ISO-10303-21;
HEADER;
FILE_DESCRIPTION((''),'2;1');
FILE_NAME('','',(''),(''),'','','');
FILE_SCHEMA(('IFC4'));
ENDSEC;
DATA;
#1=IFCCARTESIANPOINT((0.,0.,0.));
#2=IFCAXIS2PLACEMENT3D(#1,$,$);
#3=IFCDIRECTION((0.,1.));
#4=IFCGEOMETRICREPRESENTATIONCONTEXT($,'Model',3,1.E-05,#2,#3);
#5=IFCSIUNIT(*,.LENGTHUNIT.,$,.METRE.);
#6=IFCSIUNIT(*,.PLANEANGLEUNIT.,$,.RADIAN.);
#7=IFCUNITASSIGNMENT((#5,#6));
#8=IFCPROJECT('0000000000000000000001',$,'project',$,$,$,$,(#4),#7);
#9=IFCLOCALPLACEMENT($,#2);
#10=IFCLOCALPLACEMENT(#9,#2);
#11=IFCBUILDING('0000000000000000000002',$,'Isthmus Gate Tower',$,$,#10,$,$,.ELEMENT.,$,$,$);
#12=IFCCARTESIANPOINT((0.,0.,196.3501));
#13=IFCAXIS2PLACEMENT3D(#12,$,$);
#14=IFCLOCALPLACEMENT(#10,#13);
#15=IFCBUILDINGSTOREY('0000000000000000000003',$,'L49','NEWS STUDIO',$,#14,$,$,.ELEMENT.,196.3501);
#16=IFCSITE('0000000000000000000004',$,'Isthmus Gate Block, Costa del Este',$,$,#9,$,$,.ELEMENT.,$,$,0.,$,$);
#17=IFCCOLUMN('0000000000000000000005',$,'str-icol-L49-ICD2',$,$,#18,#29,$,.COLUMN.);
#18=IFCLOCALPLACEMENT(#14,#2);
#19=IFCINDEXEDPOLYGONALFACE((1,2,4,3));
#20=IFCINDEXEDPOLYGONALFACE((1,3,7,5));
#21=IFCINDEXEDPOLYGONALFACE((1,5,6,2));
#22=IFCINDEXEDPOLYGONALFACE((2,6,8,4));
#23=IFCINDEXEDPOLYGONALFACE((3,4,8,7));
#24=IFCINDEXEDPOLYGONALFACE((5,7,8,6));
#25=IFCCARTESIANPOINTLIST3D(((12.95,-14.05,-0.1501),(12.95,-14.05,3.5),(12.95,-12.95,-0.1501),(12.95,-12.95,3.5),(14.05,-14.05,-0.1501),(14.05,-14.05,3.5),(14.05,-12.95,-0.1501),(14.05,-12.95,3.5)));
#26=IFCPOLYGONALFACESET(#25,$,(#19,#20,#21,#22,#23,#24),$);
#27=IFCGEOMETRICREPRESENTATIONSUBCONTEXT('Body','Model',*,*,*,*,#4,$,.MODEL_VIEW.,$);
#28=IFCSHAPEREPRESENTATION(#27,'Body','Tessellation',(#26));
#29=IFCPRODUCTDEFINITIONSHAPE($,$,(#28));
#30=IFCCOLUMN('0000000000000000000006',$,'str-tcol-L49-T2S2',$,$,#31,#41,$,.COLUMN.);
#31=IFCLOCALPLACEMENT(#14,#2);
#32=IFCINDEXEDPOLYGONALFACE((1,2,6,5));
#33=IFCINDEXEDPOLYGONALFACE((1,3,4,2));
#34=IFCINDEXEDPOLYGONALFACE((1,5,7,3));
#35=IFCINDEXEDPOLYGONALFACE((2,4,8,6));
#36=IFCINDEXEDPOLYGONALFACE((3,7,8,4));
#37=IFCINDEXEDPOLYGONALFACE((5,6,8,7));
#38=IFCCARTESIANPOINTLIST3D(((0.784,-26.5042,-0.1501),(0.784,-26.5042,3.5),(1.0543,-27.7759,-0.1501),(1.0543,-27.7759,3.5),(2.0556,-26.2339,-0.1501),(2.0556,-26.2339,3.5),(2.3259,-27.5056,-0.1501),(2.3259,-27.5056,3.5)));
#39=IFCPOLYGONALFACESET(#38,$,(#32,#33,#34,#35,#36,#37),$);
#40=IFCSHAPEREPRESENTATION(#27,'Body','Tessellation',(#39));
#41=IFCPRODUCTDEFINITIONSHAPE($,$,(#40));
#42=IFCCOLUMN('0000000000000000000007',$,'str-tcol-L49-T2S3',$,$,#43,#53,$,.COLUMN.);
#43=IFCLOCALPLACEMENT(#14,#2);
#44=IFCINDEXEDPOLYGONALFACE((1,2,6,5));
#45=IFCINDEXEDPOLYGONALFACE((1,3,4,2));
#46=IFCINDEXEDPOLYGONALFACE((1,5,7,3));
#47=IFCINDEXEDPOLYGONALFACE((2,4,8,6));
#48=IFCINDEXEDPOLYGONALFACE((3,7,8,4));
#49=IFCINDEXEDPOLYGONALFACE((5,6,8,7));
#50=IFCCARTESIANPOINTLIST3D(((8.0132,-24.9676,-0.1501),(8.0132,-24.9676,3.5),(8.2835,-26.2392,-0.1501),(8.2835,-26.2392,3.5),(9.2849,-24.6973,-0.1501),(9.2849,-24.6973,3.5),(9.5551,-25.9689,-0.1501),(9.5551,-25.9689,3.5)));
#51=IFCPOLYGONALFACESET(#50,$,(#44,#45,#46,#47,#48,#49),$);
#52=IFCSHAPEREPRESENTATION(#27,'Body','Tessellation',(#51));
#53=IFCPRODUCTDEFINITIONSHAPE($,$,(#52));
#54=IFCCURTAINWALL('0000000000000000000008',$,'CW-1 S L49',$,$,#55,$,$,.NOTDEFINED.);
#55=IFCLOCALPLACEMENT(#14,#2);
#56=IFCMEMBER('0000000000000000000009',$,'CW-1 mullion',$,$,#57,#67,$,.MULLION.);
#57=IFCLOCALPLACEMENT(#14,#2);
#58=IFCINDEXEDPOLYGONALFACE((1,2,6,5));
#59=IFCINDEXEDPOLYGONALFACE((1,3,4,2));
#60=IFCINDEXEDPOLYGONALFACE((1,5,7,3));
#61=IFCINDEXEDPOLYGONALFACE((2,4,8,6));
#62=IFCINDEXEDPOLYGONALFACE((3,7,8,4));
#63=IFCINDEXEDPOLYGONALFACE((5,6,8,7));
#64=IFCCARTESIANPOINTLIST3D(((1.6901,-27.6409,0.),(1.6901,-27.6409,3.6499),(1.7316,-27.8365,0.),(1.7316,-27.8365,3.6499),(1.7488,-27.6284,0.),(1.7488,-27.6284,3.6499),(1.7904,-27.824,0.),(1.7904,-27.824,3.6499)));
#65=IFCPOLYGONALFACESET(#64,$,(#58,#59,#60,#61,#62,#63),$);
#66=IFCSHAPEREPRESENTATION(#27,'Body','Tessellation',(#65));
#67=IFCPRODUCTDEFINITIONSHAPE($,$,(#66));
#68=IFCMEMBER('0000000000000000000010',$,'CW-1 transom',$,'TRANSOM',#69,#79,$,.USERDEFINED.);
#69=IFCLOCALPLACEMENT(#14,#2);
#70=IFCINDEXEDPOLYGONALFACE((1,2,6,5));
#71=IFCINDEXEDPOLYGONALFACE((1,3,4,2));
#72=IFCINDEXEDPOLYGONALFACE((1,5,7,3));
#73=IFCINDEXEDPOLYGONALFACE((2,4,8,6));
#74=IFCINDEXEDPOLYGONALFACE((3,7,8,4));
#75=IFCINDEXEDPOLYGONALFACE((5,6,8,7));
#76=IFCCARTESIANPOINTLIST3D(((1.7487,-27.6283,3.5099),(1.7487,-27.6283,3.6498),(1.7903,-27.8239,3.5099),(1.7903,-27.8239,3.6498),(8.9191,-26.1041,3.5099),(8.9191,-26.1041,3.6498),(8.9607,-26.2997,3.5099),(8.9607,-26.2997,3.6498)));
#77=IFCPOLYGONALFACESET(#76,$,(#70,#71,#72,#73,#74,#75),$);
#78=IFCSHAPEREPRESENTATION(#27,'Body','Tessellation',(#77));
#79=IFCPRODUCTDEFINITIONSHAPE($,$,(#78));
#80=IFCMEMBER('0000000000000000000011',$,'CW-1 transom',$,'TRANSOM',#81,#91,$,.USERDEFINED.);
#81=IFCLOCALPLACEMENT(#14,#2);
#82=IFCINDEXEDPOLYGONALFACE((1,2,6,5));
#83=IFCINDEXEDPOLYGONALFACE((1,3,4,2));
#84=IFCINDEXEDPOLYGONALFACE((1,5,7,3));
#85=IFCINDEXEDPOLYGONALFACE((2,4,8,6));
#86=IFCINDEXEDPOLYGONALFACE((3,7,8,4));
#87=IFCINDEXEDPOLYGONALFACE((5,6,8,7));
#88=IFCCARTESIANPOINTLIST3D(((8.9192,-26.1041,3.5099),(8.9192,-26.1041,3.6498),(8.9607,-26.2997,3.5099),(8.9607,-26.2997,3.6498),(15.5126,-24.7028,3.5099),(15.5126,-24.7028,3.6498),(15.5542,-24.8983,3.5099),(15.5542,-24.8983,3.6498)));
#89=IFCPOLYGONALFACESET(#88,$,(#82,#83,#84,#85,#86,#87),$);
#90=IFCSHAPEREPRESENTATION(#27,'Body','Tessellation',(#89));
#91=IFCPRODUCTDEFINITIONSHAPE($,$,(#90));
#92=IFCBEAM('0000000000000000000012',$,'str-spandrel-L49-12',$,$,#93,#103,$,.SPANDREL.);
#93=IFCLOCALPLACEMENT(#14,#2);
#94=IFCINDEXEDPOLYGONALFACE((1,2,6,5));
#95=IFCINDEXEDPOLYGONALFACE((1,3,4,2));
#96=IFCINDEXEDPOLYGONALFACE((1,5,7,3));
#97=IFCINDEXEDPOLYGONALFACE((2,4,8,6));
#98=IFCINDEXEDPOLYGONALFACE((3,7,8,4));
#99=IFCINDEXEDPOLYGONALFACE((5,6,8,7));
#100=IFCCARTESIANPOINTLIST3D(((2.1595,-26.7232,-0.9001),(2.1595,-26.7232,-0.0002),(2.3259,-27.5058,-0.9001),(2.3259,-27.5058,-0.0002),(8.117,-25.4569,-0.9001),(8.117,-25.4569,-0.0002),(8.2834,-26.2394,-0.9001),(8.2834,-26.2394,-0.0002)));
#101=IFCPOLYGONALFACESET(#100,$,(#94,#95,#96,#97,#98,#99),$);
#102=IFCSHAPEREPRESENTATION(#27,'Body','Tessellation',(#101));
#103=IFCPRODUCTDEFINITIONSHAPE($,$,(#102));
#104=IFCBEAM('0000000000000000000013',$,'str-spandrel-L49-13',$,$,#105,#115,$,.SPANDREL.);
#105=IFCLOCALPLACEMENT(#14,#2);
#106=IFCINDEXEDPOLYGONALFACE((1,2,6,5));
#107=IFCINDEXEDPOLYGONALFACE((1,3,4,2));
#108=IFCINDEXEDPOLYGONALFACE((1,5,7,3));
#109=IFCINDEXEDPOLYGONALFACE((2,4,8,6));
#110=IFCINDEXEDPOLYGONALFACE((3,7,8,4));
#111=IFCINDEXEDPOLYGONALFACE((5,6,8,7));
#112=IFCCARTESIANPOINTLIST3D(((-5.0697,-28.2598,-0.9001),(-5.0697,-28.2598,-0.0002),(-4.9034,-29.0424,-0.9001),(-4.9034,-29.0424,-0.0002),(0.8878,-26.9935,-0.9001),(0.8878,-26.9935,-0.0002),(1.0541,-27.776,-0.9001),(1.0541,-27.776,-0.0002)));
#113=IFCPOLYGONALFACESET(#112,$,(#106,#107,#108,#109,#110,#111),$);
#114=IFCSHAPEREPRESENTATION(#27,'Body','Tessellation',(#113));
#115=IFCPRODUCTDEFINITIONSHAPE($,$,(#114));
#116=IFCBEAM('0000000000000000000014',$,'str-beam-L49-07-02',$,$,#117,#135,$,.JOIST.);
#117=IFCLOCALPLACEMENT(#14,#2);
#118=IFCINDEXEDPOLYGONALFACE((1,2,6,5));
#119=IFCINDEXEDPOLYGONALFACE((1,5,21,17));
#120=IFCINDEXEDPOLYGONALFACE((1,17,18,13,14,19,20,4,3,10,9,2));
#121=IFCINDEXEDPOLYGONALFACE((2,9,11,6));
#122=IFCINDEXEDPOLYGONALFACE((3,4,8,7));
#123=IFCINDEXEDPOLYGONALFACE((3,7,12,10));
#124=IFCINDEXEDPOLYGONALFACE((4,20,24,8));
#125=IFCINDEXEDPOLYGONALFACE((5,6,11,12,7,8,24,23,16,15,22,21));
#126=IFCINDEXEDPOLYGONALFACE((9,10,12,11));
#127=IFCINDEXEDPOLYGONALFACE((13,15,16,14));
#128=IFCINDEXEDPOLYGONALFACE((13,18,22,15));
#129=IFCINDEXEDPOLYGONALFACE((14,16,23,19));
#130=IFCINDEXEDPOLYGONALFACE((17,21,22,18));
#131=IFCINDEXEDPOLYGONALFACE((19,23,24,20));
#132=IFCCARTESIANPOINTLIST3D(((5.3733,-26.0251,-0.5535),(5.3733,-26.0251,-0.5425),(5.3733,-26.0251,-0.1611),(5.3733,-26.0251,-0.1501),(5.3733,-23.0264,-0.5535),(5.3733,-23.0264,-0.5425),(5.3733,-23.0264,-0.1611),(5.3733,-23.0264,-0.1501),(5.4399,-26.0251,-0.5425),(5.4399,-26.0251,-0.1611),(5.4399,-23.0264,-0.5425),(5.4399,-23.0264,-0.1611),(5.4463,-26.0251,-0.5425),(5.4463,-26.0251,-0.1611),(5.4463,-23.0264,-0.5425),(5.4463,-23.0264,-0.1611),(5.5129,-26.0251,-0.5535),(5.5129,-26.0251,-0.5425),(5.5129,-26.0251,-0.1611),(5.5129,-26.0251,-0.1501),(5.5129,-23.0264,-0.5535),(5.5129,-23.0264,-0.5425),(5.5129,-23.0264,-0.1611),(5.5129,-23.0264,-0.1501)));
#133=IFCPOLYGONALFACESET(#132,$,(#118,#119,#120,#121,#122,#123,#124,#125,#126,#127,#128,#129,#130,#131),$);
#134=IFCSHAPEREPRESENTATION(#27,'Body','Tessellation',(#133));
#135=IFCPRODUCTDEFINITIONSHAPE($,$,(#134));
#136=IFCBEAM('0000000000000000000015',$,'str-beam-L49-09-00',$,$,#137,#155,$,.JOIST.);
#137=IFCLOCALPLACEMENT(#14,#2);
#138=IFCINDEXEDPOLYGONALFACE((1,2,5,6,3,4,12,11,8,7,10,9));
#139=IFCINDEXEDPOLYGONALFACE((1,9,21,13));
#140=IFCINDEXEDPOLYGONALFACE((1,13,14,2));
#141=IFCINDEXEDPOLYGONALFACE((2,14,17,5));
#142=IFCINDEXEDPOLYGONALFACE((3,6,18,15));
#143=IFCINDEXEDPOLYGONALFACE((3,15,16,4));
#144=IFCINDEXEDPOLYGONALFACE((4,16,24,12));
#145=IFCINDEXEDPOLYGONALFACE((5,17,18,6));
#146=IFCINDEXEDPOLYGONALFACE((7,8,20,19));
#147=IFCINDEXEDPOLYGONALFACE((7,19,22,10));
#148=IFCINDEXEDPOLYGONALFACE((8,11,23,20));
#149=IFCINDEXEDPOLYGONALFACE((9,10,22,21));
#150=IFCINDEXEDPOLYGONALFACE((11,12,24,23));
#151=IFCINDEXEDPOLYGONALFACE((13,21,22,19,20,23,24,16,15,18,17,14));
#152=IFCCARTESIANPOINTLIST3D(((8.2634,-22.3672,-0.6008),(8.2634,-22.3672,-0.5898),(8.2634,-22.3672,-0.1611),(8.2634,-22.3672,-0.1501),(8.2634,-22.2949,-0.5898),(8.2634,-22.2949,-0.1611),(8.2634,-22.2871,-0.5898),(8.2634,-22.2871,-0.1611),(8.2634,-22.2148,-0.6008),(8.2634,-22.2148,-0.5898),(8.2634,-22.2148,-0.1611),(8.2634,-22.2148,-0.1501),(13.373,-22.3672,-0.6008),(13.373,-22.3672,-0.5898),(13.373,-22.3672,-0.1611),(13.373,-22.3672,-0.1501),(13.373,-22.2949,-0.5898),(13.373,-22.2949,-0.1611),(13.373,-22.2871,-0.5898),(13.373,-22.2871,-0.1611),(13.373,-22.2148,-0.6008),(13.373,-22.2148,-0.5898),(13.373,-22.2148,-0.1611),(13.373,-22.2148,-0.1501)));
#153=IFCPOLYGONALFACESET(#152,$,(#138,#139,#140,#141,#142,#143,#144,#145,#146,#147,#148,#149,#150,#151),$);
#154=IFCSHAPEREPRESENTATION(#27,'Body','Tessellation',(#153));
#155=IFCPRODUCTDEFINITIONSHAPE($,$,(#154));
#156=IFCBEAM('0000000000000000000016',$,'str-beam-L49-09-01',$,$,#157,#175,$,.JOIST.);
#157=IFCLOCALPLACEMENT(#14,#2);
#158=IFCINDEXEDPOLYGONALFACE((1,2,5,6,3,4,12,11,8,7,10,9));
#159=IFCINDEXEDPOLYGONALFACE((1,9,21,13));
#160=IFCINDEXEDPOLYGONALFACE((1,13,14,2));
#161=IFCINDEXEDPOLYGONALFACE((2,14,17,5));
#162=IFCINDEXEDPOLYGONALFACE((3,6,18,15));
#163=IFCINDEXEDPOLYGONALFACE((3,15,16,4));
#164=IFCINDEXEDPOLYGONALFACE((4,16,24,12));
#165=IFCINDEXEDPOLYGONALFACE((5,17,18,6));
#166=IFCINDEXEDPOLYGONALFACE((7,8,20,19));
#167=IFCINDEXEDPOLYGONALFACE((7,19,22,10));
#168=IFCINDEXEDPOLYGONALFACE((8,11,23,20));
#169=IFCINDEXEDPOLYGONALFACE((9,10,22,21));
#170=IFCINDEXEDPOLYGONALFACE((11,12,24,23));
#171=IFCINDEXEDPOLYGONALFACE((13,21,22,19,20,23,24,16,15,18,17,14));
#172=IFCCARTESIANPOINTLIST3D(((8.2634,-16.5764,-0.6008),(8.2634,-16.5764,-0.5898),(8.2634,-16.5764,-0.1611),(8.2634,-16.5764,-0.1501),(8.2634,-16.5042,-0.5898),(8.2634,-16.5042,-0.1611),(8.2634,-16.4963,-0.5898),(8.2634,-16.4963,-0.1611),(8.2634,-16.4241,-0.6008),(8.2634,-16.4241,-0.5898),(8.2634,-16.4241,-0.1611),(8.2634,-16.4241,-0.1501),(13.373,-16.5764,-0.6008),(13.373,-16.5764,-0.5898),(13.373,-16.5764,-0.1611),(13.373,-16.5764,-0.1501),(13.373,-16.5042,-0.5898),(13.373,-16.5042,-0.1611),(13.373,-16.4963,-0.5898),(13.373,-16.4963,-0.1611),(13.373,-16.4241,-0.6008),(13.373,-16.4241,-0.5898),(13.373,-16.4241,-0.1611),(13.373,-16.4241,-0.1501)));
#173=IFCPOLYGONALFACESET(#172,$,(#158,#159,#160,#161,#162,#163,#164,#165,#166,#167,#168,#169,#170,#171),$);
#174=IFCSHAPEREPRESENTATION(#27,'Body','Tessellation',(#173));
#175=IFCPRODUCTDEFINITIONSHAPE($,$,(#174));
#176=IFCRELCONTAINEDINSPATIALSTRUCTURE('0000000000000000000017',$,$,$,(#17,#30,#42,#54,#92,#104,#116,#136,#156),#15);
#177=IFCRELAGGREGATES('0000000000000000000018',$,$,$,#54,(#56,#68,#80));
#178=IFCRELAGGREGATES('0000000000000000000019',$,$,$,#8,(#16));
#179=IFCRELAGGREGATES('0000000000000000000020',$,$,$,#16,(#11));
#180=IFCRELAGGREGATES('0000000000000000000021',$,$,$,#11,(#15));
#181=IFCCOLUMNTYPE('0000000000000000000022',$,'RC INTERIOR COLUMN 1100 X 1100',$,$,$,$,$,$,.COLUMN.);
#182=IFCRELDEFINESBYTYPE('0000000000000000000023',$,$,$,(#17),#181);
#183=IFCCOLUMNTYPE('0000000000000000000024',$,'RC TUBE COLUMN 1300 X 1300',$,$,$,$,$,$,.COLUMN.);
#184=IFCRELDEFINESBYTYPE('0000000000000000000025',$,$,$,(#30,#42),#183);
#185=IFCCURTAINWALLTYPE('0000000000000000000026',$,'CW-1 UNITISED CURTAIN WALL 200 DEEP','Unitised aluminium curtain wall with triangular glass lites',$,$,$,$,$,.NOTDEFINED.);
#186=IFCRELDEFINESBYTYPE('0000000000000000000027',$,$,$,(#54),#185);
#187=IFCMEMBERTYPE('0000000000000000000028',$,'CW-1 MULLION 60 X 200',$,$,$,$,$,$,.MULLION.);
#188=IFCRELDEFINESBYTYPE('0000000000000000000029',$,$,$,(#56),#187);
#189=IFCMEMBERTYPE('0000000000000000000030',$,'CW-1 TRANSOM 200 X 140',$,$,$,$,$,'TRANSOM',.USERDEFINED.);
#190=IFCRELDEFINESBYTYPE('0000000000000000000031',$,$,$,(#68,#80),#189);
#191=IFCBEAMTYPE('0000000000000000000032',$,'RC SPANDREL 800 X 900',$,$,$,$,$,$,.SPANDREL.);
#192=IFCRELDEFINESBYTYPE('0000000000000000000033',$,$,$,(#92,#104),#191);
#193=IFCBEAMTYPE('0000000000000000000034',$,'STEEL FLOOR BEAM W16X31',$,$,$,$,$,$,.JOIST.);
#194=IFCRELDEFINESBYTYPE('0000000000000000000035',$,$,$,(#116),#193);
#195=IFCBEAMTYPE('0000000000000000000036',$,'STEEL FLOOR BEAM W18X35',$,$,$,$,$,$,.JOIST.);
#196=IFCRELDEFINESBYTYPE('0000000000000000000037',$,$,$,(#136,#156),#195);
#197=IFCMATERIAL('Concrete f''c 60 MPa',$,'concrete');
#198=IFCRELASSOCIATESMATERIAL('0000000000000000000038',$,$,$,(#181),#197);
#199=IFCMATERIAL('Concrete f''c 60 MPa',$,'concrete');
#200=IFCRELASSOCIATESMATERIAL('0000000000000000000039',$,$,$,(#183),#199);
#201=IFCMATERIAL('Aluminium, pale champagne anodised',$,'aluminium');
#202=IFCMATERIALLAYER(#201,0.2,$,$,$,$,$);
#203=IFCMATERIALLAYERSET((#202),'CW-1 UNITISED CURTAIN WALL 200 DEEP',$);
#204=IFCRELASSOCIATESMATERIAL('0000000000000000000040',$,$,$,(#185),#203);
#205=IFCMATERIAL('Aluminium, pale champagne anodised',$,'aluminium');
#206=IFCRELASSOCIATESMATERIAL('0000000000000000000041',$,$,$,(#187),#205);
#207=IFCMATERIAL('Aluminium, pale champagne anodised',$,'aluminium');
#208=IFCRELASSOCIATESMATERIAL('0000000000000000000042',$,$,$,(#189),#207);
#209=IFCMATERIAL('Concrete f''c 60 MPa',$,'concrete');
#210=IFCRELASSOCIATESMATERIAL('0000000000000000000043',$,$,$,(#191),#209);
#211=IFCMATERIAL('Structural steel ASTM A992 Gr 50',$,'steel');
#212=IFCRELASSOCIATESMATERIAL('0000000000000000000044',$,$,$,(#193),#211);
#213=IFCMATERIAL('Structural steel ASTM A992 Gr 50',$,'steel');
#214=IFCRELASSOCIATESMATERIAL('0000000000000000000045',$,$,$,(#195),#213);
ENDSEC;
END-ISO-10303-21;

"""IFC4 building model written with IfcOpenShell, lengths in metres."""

from ifc_helpers import new_model, si_unit, direction, frame, origin, origin_2d, place, context, subcontext, project, spatial, rectangle, i_section, extrude, material, layer, layer_set, material_profile, profile_set, type_object, element, aggregate, save


model = new_model("IFC4")

# Units and contexts
model_context = context("Model", 3, precision=1e-05, world=origin(), true_north=direction((0.0, 1.0)))
body_context = subcontext(model_context, "Body", "Model", "MODEL_VIEW")
ifc_project = project(units=[si_unit("LENGTHUNIT", "METRE"), si_unit("PLANEANGLEUNIT", "RADIAN")], contexts=[model_context])

# Site, building, storey
site_placement = place(None, origin())
site = spatial("IfcSite", under=ifc_project, at=site_placement, Name="Isthmus Gate Block, Costa del Este", CompositionType="ELEMENT", RefElevation=0.0)
building_placement = place(site_placement, origin())
building = spatial("IfcBuilding", under=site, at=building_placement, Name="Isthmus Gate Tower", CompositionType="ELEMENT")
storey_placement = place(building_placement, frame((0.0, 0.0, 196.3501)))
storey = spatial("IfcBuildingStorey", under=building, at=storey_placement, Name="L49", Description="NEWS STUDIO", CompositionType="ELEMENT", Elevation=196.3501)

# Columns
ifc_material_1 = material(Name="Concrete f'c 60 MPa", Category="concrete")
ifc_material_profile_1 = material_profile(ifc_material_1, rectangle(XDim=1.1001, YDim=1.1001, at=origin_2d()), Name="RC 1100X1100")
ifc_profile_set_1 = profile_set([ifc_material_profile_1], Name="Concrete f'c 60 MPa")
column_type_1 = type_object("IfcColumnType", Name="RC INTERIOR COLUMN 1100 X 1100", PredefinedType="COLUMN", material=ifc_profile_set_1)
column_placement = place(storey_placement, frame((13.5, -13.5, -0.1501), z_axis=(0.0, 0.0, 1.0), x_axis=(1.0, 0.0, 0.0)))
element("IfcColumn", 1, at=column_placement, inside=storey, type_object=column_type_1, Name="str-icol-L49-ICD2", PredefinedType="COLUMN", context=body_context, shape_type="SweptSolid", body=[
    extrude(rectangle(XDim=1.1001, YDim=1.1001, at=origin_2d()), origin(), (0.0, 0.0, 1.0), 3.6501),
])
ifc_material_2 = material(Name="Concrete f'c 60 MPa", Category="concrete")
ifc_material_profile_2 = material_profile(ifc_material_2, rectangle(XDim=1.3, YDim=1.3, at=origin_2d()), Name="RC 1300X1300")
ifc_profile_set_2 = profile_set([ifc_material_profile_2], Name="Concrete f'c 60 MPa")
column_type_2 = type_object("IfcColumnType", Name="RC TUBE COLUMN 1300 X 1300", PredefinedType="COLUMN", material=ifc_profile_set_2)
for number, where, z_axis, x_axis, name in (
    (2, (1.5549, -27.0049, -0.1501), (0.0, 0.0, 1.0), (0.978148, 0.207912, 0.0), "str-tcol-L49-T2S2"),
    (3, (8.7842, -25.4683, -0.1501), (0.0, 0.0, 1.0), (0.978148, 0.207912, 0.0), "str-tcol-L49-T2S3"),
):
    element("IfcColumn", number, at=place(storey_placement, frame(where, z_axis=z_axis, x_axis=x_axis)), inside=storey, type_object=column_type_2, Name=name, PredefinedType="COLUMN", context=body_context, shape_type="SweptSolid", body=[
        extrude(rectangle(XDim=1.3, YDim=1.3, at=origin_2d()), origin(), (0.0, 0.0, 1.0), 3.6501),
    ])

# Curtain wall, members
ifc_material_3 = material(Name="Aluminium, pale champagne anodised", Category="aluminium")
ifc_layer_1 = layer(ifc_material_3, 0.2)
ifc_layer_set_1 = layer_set([ifc_layer_1], Name="CW-1 UNITISED CURTAIN WALL 200 DEEP")
curtain_wall_type = type_object("IfcCurtainWallType", Name="CW-1 UNITISED CURTAIN WALL 200 DEEP", Description="Unitised aluminium curtain wall with triangular glass lites", PredefinedType="NOTDEFINED", material=ifc_layer_set_1)
curtain_wall_placement = place(storey_placement, origin())
curtain_wall = element("IfcCurtainWall", 4, at=curtain_wall_placement, inside=storey, type_object=curtain_wall_type, Name="CW-1 S L49", PredefinedType="NOTDEFINED")
ifc_material_4 = material(Name="Aluminium, pale champagne anodised", Category="aluminium")
ifc_material_profile_3 = material_profile(ifc_material_4, rectangle(XDim=0.0601, YDim=0.2, at=origin_2d()), Name="60x200")
ifc_profile_set_3 = profile_set([ifc_material_profile_3], Name="Aluminium, pale champagne anodised")
member_type_1 = type_object("IfcMemberType", Name="CW-1 MULLION 60 X 200", PredefinedType="MULLION", material=ifc_profile_set_3)
member_1_placement = place(storey_placement, frame((1.7402, -27.7324, 0.0), z_axis=(0.0, 0.0, 1.0), x_axis=(0.978148, 0.207912, 0.0)))
member_1 = element("IfcMember", 5, at=member_1_placement, type_object=member_type_1, Name="CW-1 mullion", PredefinedType="MULLION", context=body_context, shape_type="SweptSolid", body=[
    extrude(rectangle(XDim=0.0601, YDim=0.2, at=origin_2d()), origin(), (0.0, 0.0, 1.0), 3.6499),
])
ifc_material_5 = material(Name="Aluminium, pale champagne anodised", Category="aluminium")
ifc_material_profile_4 = material_profile(ifc_material_5, rectangle(XDim=0.2, YDim=0.1399, at=origin_2d()), Name="200x140")
ifc_profile_set_4 = profile_set([ifc_material_profile_4], Name="Aluminium, pale champagne anodised")
member_type_2 = type_object("IfcMemberType", Name="CW-1 TRANSOM 200 X 140", ElementType="TRANSOM", PredefinedType="USERDEFINED", material=ifc_profile_set_4)
member_2_placement = place(storey_placement, frame((1.7695, -27.7261, 3.5798), z_axis=(0.978146, 0.207919, 0.0), x_axis=(-0.207919, 0.978146, 0.0)))
member_2 = element("IfcMember", 6, at=member_2_placement, type_object=member_type_2, Name="CW-1 transom", ObjectType="TRANSOM", PredefinedType="USERDEFINED", context=body_context, shape_type="SweptSolid", body=[
    extrude(rectangle(XDim=0.2, YDim=0.1399, at=origin_2d()), origin(), (0.0, 0.0, 1.0), 7.3306),
])
member_3_placement = place(storey_placement, frame((8.9399, -26.2019, 3.5798), z_axis=(0.978151, 0.207894, 0.0), x_axis=(-0.207894, 0.978151, 0.0)))
member_3 = element("IfcMember", 7, at=member_3_placement, type_object=member_type_2, Name="CW-1 transom", ObjectType="TRANSOM", PredefinedType="USERDEFINED", context=body_context, shape_type="SweptSolid", body=[
    extrude(rectangle(XDim=0.2, YDim=0.1399, at=origin_2d()), origin(), (0.0, 0.0, 1.0), 6.7407),
])

# Beams
ifc_material_6 = material(Name="Concrete f'c 60 MPa", Category="concrete")
ifc_material_profile_5 = material_profile(ifc_material_6, rectangle(XDim=0.8, YDim=0.8999, at=origin_2d()), Name="RC 800X900")
ifc_profile_set_5 = profile_set([ifc_material_profile_5], Name="Concrete f'c 60 MPa")
beam_type_1 = type_object("IfcBeamType", Name="RC SPANDREL 800 X 900", PredefinedType="SPANDREL", material=ifc_profile_set_5)
for number, where, z_axis, x_axis, name in (
    (8, (8.2002, -25.8481, -0.4502), (-0.978146, -0.207919, 0.0), (0.207919, -0.978146, 0.0), "str-spandrel-L49-12"),
    (9, (0.9709, -27.3848, -0.4502), (-0.978146, -0.207919, 0.0), (0.207919, -0.978146, 0.0), "str-spandrel-L49-13"),
):
    element("IfcBeam", number, at=place(storey_placement, frame(where, z_axis=z_axis, x_axis=x_axis)), inside=storey, type_object=beam_type_1, Name=name, PredefinedType="SPANDREL", context=body_context, shape_type="SweptSolid", body=[
        extrude(rectangle(XDim=0.8, YDim=0.8999, at=origin_2d()), origin(), (0.0, 0.0, 1.0), 6.0906),
    ])
ifc_material_7 = material(Name="Structural steel ASTM A992 Gr 50", Category="steel")
ifc_material_profile_6 = material_profile(ifc_material_7, i_section(OverallWidth=0.1396, OverallDepth=0.4033, WebThickness=0.0063, FlangeThickness=0.011, at=origin_2d()), Name="W16X31")
ifc_profile_set_6 = profile_set([ifc_material_profile_6], Name="Structural steel ASTM A992 Gr 50")
beam_type_2 = type_object("IfcBeamType", Name="STEEL FLOOR BEAM W16X31", PredefinedType="JOIST", material=ifc_profile_set_6)
beam_1_placement = place(storey_placement, frame((5.4431, -26.0251, -0.3518), z_axis=(0.0, 1.0, 0.0), x_axis=(-1.0, 0.0, 0.0)))
element("IfcBeam", 10, at=beam_1_placement, inside=storey, type_object=beam_type_2, Name="str-beam-L49-07-02", PredefinedType="JOIST", context=body_context, shape_type="SweptSolid", body=[
    extrude(i_section(OverallWidth=0.1396, OverallDepth=0.4033, WebThickness=0.0063, FlangeThickness=0.011, at=origin_2d()), origin(), (0.0, 0.0, 1.0), 2.9988),
])
ifc_material_8 = material(Name="Structural steel ASTM A992 Gr 50", Category="steel")
ifc_material_profile_7 = material_profile(ifc_material_8, i_section(OverallWidth=0.1523, OverallDepth=0.4507, WebThickness=0.0078, FlangeThickness=0.011, at=origin_2d()), Name="W18X35")
ifc_profile_set_7 = profile_set([ifc_material_profile_7], Name="Structural steel ASTM A992 Gr 50")
beam_type_3 = type_object("IfcBeamType", Name="STEEL FLOOR BEAM W18X35", PredefinedType="JOIST", material=ifc_profile_set_7)
for number, where, z_axis, x_axis, name in (
    (11, (8.2634, -22.291, -0.3755), (1.0, 0.0, 0.0), (0.0, 1.0, 0.0), "str-beam-L49-09-00"),
    (12, (8.2634, -16.5002, -0.3755), (1.0, 0.0, 0.0), (0.0, 1.0, 0.0), "str-beam-L49-09-01"),
):
    element("IfcBeam", number, at=place(storey_placement, frame(where, z_axis=z_axis, x_axis=x_axis)), inside=storey, type_object=beam_type_3, Name=name, PredefinedType="JOIST", context=body_context, shape_type="SweptSolid", body=[
        extrude(i_section(OverallWidth=0.1523, OverallDepth=0.4507, WebThickness=0.0078, FlangeThickness=0.011, at=origin_2d()), origin(), (0.0, 0.0, 1.0), 5.1096),
    ])

aggregate(curtain_wall, [member_1, member_2, member_3])

save(model, "model.ifc")
